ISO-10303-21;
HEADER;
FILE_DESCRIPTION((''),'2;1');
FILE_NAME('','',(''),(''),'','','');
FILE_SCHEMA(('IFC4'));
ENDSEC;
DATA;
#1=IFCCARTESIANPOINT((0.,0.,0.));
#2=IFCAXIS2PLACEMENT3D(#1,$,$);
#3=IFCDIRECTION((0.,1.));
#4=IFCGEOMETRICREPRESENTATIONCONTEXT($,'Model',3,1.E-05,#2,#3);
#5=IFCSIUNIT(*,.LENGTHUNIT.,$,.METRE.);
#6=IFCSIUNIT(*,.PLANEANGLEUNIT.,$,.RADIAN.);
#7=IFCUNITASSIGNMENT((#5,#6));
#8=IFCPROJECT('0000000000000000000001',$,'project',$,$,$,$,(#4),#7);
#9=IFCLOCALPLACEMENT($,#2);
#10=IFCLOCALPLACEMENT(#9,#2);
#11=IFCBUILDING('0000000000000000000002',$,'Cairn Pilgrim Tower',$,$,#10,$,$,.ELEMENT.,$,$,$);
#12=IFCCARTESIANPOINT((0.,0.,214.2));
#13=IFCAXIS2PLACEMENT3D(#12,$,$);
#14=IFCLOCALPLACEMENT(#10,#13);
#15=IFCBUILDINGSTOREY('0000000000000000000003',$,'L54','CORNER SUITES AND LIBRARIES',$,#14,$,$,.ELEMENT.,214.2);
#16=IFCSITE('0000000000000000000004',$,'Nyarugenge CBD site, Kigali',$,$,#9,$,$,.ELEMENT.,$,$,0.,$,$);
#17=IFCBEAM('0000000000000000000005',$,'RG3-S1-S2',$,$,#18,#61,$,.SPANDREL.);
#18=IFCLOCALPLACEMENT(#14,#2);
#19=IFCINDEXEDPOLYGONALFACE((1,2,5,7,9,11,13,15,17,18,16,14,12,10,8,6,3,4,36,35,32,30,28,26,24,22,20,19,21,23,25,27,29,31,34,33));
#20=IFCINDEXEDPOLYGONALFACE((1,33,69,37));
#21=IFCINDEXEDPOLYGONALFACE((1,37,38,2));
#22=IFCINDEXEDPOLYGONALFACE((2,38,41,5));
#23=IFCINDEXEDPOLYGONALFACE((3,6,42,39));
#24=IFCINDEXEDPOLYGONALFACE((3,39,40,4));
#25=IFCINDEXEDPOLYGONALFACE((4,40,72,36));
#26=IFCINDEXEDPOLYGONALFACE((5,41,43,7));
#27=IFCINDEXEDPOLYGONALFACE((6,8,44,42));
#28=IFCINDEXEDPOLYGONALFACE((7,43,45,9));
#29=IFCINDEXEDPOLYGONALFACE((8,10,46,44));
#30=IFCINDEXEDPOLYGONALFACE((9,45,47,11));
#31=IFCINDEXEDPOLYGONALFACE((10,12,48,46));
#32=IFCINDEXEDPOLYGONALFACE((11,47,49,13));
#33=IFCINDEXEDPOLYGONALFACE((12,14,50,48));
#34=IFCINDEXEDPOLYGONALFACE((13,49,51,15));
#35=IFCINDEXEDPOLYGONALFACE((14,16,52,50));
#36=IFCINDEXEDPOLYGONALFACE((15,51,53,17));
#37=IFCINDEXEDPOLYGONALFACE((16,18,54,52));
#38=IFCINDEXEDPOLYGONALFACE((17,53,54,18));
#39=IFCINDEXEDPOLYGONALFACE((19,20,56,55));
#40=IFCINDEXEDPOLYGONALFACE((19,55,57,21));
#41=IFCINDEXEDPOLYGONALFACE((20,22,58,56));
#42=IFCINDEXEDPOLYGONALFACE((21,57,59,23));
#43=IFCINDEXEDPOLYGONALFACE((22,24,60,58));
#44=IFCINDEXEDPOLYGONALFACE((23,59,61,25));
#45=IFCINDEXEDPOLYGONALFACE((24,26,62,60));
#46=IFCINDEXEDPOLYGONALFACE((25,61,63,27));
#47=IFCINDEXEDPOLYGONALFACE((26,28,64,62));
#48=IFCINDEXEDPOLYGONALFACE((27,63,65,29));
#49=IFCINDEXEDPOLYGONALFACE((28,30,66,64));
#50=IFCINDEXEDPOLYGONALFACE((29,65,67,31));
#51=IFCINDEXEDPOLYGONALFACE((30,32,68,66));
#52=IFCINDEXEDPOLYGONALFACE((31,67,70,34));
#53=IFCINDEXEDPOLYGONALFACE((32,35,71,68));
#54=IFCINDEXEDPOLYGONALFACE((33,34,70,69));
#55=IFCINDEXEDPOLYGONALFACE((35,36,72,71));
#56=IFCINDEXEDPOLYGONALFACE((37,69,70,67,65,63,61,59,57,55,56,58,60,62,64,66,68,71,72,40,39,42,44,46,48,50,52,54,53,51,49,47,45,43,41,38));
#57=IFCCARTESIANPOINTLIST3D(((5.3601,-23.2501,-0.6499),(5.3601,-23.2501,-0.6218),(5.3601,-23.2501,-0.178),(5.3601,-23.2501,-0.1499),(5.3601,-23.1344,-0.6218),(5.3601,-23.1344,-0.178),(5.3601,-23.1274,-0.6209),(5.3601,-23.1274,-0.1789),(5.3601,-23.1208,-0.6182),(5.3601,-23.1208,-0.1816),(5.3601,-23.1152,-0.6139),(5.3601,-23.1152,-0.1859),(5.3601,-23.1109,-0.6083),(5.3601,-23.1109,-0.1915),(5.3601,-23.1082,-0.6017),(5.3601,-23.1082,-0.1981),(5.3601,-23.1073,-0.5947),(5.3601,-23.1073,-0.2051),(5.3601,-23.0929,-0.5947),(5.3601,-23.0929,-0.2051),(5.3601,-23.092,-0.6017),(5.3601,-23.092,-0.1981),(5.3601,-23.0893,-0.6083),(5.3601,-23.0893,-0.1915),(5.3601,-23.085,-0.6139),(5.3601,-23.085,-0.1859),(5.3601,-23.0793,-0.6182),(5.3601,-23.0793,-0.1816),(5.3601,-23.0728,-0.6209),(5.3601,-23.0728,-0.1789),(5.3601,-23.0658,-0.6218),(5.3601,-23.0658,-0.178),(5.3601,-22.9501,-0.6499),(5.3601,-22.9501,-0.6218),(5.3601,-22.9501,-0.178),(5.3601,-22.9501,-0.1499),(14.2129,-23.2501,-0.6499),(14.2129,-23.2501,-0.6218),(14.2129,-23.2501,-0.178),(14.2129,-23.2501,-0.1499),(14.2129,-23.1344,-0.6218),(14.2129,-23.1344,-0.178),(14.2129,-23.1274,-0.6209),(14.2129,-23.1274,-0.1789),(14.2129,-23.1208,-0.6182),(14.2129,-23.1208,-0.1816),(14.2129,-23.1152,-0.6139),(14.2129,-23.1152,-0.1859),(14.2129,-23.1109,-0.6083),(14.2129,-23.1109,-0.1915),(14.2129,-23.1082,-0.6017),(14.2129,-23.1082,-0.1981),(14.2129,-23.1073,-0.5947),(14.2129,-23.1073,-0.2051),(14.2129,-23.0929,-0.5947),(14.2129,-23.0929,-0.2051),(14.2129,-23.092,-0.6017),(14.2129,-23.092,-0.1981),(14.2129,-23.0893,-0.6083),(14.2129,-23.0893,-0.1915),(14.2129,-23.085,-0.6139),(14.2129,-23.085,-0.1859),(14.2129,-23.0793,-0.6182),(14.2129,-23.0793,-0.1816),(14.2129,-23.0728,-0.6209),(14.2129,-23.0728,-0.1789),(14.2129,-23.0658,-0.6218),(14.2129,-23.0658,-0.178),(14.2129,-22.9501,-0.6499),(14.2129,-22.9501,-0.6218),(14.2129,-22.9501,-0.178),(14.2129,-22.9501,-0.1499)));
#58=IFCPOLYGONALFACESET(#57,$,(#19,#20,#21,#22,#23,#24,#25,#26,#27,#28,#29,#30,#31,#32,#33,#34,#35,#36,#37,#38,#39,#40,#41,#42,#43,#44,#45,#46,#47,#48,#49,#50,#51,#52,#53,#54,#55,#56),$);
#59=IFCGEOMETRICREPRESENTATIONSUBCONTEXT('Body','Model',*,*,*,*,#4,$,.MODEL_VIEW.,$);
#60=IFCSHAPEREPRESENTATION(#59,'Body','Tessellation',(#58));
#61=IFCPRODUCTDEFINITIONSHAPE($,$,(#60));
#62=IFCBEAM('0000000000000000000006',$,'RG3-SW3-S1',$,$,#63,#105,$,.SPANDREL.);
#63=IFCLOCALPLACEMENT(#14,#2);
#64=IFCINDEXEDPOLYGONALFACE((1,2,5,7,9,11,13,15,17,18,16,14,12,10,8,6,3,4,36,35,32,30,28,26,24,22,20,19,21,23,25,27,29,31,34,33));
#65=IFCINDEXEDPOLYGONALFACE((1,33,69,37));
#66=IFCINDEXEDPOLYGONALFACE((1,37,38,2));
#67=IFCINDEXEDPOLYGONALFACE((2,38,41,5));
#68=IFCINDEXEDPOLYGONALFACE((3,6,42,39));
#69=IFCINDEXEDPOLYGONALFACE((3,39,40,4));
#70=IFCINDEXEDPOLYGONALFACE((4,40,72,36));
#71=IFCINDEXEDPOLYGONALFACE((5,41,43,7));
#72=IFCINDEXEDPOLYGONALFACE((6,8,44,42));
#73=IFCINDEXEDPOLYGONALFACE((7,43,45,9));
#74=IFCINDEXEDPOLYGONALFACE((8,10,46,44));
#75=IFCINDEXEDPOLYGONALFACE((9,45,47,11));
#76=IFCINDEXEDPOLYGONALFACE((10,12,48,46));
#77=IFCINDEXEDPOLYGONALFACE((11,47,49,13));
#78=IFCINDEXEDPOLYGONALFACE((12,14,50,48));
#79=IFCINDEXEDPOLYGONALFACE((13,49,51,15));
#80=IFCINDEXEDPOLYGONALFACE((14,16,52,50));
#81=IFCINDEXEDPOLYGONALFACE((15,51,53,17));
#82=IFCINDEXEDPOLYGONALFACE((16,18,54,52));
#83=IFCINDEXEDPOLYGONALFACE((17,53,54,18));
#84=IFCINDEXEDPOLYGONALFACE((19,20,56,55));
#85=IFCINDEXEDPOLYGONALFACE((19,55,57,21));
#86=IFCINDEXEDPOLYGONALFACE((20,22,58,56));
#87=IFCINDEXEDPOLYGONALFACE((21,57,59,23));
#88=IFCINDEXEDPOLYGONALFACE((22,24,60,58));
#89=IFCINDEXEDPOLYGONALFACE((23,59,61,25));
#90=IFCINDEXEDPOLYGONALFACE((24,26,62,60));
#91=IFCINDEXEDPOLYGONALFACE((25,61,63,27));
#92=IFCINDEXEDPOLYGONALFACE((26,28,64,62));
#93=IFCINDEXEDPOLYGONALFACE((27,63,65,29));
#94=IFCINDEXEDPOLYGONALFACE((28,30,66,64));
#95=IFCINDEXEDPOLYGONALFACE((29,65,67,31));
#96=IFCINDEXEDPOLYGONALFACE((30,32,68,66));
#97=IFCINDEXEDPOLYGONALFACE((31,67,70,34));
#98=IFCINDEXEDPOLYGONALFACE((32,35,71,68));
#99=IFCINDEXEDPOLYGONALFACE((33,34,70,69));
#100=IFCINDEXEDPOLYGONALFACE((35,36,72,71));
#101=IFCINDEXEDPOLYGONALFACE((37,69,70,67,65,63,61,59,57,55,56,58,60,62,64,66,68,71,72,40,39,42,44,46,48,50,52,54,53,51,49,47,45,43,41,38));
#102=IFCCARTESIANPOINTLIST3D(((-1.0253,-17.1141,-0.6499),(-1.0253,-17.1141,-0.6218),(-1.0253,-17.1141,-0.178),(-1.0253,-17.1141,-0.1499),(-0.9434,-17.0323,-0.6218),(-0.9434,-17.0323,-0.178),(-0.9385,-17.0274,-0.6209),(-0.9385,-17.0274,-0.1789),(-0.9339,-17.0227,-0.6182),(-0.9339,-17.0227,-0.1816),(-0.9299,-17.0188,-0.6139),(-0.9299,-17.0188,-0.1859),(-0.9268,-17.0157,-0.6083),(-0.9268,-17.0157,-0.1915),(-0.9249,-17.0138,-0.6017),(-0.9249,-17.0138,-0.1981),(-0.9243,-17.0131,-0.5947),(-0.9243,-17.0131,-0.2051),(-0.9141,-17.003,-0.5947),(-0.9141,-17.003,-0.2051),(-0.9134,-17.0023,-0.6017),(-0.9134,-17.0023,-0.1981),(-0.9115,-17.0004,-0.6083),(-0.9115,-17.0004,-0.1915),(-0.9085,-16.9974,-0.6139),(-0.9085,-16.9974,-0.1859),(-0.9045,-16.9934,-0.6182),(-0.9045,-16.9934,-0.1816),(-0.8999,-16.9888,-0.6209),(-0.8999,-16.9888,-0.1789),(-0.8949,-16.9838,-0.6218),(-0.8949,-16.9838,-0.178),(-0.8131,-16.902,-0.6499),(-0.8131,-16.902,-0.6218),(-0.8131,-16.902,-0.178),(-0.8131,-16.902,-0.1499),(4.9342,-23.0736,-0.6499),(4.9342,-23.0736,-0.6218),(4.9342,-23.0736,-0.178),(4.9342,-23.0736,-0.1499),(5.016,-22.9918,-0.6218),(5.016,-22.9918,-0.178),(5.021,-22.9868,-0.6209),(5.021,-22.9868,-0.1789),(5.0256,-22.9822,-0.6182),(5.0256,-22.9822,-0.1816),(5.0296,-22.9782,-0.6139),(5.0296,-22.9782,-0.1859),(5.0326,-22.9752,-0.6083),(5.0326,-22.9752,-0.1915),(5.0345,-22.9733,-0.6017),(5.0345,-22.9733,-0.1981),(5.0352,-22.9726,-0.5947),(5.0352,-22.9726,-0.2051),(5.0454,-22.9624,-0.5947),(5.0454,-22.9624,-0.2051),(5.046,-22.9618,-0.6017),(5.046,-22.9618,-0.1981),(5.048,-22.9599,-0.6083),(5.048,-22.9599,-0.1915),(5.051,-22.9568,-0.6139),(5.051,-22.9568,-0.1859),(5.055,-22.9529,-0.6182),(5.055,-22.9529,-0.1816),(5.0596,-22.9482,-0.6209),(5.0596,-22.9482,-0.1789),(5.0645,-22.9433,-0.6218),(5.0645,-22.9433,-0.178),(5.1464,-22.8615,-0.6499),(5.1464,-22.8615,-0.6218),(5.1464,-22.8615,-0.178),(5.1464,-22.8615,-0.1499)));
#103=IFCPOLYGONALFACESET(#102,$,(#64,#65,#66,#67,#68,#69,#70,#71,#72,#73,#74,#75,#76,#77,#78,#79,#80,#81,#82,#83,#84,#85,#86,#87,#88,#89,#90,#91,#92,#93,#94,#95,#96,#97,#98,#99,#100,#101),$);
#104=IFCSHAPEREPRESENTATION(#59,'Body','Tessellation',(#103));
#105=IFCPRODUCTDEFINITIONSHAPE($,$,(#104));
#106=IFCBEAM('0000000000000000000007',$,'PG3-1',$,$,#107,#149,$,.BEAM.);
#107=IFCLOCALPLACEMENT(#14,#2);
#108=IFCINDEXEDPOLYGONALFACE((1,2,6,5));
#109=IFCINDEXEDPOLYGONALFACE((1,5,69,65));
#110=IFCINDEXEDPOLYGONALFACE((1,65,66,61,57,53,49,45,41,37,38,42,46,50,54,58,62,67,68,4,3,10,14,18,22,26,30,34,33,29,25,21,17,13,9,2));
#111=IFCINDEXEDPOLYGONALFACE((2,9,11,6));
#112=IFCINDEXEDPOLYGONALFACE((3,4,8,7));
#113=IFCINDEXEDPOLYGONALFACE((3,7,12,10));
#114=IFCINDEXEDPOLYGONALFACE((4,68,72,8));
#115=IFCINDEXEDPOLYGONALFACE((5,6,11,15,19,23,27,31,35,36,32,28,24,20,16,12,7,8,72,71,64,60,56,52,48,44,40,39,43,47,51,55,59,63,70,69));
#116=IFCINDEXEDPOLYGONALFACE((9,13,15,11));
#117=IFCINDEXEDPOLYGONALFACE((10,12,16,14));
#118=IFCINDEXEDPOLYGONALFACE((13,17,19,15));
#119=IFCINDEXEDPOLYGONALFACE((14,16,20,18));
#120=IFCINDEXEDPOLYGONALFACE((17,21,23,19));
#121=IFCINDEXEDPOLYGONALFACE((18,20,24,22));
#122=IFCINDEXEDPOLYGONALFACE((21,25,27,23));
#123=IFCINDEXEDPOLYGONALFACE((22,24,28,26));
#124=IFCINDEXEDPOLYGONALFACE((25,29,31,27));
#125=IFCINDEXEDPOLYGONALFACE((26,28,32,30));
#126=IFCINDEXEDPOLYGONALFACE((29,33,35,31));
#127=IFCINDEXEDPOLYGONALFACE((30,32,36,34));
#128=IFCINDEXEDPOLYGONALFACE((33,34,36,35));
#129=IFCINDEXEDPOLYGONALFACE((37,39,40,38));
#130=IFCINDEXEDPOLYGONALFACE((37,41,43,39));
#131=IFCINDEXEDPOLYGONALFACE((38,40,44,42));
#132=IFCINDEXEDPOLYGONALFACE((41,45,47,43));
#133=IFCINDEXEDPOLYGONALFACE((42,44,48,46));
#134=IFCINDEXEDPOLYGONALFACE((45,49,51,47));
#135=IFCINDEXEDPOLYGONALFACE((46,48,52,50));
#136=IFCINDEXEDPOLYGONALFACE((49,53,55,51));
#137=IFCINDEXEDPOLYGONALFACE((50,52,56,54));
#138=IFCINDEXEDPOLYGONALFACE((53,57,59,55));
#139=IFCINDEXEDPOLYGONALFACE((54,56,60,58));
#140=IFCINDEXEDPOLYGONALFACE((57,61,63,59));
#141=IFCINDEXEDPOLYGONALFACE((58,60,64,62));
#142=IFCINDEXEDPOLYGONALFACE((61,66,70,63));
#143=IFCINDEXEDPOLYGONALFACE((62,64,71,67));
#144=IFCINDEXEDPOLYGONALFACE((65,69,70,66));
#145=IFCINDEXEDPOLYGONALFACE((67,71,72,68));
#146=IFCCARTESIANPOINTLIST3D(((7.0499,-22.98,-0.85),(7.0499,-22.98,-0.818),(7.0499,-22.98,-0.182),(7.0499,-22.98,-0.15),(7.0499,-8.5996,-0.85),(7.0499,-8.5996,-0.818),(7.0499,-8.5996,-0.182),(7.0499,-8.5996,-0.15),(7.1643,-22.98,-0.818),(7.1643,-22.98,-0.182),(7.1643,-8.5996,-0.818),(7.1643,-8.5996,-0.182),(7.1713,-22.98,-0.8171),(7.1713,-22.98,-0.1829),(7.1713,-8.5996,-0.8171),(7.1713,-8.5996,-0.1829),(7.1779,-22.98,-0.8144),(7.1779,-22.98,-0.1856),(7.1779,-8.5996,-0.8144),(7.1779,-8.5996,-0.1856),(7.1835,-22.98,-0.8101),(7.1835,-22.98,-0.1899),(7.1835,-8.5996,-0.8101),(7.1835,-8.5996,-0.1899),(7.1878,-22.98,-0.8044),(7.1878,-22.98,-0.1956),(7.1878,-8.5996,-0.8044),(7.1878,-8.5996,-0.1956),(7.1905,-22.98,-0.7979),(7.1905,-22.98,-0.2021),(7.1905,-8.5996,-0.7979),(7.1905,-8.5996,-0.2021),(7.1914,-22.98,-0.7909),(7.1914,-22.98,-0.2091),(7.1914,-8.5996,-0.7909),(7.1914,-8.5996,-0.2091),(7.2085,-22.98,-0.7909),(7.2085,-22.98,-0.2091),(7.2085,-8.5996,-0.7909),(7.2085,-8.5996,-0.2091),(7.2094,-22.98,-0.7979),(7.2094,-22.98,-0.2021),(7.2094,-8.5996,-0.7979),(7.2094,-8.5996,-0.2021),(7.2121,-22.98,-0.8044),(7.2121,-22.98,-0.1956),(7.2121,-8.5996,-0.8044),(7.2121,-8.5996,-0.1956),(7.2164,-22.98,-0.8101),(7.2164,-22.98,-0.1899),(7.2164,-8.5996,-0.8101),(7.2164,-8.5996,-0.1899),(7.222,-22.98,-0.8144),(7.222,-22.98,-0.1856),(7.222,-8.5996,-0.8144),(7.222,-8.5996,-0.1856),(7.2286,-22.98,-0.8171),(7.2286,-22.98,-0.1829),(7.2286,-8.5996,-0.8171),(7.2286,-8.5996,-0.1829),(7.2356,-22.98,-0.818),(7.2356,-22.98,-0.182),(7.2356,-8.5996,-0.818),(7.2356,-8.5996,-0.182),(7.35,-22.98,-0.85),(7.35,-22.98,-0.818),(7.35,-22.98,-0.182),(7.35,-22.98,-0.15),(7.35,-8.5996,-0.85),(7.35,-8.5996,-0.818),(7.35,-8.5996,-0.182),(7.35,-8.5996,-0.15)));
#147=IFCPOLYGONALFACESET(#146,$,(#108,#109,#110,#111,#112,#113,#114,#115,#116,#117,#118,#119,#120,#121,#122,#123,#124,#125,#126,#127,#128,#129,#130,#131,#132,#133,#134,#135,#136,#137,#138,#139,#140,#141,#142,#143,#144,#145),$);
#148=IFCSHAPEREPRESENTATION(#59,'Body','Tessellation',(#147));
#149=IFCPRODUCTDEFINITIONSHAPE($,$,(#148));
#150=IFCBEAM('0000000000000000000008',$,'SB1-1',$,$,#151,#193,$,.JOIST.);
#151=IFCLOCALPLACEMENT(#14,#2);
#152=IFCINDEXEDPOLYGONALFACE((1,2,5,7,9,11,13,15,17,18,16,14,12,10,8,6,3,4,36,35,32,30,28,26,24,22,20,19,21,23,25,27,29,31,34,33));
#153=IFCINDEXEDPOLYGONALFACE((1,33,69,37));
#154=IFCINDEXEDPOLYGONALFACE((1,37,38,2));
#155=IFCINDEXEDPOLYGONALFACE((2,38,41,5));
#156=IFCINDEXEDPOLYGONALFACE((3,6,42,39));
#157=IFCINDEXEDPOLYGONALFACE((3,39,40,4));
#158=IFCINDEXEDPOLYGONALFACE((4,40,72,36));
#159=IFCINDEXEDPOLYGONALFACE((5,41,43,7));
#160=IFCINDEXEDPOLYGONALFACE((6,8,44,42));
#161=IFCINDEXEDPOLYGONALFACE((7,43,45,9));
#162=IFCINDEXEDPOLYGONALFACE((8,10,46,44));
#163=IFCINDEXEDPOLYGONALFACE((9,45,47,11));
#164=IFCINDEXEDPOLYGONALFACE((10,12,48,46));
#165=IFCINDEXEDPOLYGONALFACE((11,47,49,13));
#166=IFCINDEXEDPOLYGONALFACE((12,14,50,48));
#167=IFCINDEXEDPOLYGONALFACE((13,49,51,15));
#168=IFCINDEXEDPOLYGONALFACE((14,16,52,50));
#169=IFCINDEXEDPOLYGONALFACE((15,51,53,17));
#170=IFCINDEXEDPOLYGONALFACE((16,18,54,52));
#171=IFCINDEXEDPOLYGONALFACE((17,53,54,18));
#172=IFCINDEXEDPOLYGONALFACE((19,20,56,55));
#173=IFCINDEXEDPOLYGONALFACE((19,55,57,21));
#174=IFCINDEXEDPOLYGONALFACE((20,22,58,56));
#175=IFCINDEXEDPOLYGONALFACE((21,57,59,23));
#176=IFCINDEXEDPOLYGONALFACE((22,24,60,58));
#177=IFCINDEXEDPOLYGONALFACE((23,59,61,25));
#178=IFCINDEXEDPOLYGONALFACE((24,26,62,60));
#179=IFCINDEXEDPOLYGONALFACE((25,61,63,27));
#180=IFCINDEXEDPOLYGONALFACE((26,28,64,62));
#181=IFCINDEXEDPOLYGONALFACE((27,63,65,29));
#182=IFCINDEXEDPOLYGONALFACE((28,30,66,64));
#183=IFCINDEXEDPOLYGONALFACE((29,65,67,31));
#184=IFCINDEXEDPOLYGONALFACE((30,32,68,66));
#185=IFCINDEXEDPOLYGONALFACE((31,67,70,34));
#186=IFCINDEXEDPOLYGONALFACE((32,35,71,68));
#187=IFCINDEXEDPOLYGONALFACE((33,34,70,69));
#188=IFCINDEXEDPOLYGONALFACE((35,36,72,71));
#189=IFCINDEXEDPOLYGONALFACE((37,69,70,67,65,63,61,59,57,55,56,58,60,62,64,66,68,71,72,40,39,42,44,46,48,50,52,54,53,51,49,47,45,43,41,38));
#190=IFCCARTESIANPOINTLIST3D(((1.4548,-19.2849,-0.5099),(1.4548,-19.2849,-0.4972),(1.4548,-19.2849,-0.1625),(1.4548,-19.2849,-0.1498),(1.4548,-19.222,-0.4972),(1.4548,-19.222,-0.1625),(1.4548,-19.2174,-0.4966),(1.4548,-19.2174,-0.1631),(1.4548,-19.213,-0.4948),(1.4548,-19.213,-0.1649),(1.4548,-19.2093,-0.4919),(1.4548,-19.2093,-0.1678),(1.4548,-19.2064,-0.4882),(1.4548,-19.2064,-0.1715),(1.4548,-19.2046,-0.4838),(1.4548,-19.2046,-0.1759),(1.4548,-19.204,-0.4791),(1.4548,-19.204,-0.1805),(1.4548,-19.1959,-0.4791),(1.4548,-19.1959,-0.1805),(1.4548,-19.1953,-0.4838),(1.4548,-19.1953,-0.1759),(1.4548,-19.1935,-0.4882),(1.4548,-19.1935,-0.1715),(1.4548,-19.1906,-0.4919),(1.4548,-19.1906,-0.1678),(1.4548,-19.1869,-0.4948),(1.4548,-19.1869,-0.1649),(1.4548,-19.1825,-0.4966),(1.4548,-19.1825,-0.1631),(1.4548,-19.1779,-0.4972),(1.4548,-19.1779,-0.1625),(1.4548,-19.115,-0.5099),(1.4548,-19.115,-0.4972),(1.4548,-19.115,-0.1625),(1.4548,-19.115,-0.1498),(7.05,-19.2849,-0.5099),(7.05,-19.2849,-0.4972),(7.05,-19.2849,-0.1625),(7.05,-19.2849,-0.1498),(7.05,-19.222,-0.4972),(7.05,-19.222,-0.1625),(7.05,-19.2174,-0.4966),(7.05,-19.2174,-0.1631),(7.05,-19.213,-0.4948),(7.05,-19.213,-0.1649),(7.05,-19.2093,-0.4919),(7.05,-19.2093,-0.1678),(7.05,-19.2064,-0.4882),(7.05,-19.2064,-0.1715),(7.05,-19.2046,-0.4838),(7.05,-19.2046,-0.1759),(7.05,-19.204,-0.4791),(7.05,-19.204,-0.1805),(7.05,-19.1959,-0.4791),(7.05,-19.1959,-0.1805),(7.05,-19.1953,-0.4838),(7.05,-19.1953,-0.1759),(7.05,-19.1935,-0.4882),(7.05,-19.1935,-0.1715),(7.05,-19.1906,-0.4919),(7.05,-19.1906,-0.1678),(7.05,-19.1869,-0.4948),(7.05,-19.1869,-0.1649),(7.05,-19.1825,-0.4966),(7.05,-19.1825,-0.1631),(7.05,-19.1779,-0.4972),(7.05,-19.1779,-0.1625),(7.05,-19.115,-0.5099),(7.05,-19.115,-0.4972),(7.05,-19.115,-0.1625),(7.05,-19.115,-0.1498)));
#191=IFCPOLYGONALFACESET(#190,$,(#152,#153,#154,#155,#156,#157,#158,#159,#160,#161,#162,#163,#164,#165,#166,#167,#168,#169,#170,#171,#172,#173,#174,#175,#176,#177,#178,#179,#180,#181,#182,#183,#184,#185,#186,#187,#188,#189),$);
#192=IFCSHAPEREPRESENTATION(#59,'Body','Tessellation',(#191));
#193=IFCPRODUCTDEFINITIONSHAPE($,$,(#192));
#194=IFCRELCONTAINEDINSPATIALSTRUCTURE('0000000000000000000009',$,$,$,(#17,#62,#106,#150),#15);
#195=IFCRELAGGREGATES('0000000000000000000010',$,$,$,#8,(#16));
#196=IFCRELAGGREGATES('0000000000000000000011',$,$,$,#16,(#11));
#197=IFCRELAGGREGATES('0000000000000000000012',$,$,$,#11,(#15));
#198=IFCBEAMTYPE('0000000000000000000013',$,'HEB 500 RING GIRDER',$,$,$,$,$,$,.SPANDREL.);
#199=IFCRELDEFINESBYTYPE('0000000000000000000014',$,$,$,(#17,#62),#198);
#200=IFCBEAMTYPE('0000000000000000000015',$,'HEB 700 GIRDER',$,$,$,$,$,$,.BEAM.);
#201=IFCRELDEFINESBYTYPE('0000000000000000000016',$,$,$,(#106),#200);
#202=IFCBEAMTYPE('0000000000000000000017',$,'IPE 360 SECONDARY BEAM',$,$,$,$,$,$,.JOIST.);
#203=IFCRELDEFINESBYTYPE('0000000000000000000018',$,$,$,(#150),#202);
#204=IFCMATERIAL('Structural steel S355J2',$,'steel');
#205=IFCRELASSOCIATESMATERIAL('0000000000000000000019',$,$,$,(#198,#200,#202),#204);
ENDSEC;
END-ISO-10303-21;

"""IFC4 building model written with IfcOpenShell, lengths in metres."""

from ifc_helpers import new_model, si_unit, direction, frame, origin, origin_2d, place, context, subcontext, project, spatial, i_section, extrude, material, material_profile, profile_set, type_object, element, save


model = new_model("IFC4")

# Units and contexts
model_context = context("Model", 3, precision=1e-05, world=origin(), true_north=direction((0.0, 1.0)))
body_context = subcontext(model_context, "Body", "Model", "MODEL_VIEW")
ifc_project = project(units=[si_unit("LENGTHUNIT", "METRE"), si_unit("PLANEANGLEUNIT", "RADIAN")], contexts=[model_context])

# Site, building, storey
site_placement = place(None, origin())
site = spatial("IfcSite", under=ifc_project, at=site_placement, Name="Nyarugenge CBD site, Kigali", CompositionType="ELEMENT", RefElevation=0.0)
building_placement = place(site_placement, origin())
building = spatial("IfcBuilding", under=site, at=building_placement, Name="Cairn Pilgrim Tower", CompositionType="ELEMENT")
storey_placement = place(building_placement, frame((0.0, 0.0, 214.2)))
storey = spatial("IfcBuildingStorey", under=building, at=storey_placement, Name="L54", Description="CORNER SUITES AND LIBRARIES", CompositionType="ELEMENT", Elevation=214.2)

# Beams
ifc_material_1 = material(Name="Structural steel S355J2", Category="steel")
ifc_material_profile_1 = material_profile(ifc_material_1, i_section(OverallWidth=0.3, OverallDepth=0.5, WebThickness=0.0144, FlangeThickness=0.0281, FilletRadius=0.0271, at=origin_2d()), Name="HEB 500")
ifc_profile_set_1 = profile_set([ifc_material_profile_1], Name="Structural steel S355J2")
beam_type_1 = type_object("IfcBeamType", Name="HEB 500 RING GIRDER", PredefinedType="SPANDREL", material=ifc_profile_set_1)
beam_1_placement = place(storey_placement, frame((5.3601, -23.1001, -0.3999), z_axis=(1.0, 0.0, 0.0), x_axis=(0.0, 1.0, 0.0)))
element("IfcBeam", 1, at=beam_1_placement, inside=storey, type_object=beam_type_1, Name="RG3-S1-S2", PredefinedType="SPANDREL", context=body_context, shape_type="SweptSolid", body=[
    extrude(i_section(OverallWidth=0.3, OverallDepth=0.5, WebThickness=0.0144, FlangeThickness=0.0281, FilletRadius=0.0271, at=origin_2d()), origin(), (0.0, 0.0, 1.0), 8.8528),
])
beam_2_placement = place(storey_placement, frame((-0.9192, -17.0081, -0.3999), z_axis=(0.707107, -0.707107, 0.0), x_axis=(0.707107, 0.707107, 0.0)))
element("IfcBeam", 2, at=beam_2_placement, inside=storey, type_object=beam_type_1, Name="RG3-SW3-S1", PredefinedType="SPANDREL", context=body_context, shape_type="SweptSolid", body=[
    extrude(i_section(OverallWidth=0.3, OverallDepth=0.5, WebThickness=0.0144, FlangeThickness=0.0281, FilletRadius=0.0271, at=origin_2d()), origin(), (0.0, 0.0, 1.0), 8.428),
])
ifc_material_profile_2 = material_profile(ifc_material_1, i_section(OverallWidth=0.3, OverallDepth=0.7, WebThickness=0.0171, FlangeThickness=0.032, FilletRadius=0.0271, at=origin_2d()), Name="HEB 700")
ifc_profile_set_2 = profile_set([ifc_material_profile_2], Name="Structural steel S355J2")
beam_type_2 = type_object("IfcBeamType", Name="HEB 700 GIRDER", PredefinedType="BEAM", material=ifc_profile_set_2)
beam_3_placement = place(storey_placement, frame((7.2, -22.98, -0.5), z_axis=(0.0, 1.0, 0.0), x_axis=(-1.0, 0.0, 0.0)))
element("IfcBeam", 3, at=beam_3_placement, inside=storey, type_object=beam_type_2, Name="PG3-1", PredefinedType="BEAM", context=body_context, shape_type="SweptSolid", body=[
    extrude(i_section(OverallWidth=0.3, OverallDepth=0.7, WebThickness=0.0171, FlangeThickness=0.032, FilletRadius=0.0271, at=origin_2d()), origin(), (0.0, 0.0, 1.0), 14.3804),
])
ifc_material_profile_3 = material_profile(ifc_material_1, i_section(OverallWidth=0.1699, OverallDepth=0.3601, WebThickness=0.0081, FlangeThickness=0.0127, FilletRadius=0.0181, at=origin_2d()), Name="IPE 360")
ifc_profile_set_3 = profile_set([ifc_material_profile_3], Name="Structural steel S355J2")
beam_type_3 = type_object("IfcBeamType", Name="IPE 360 SECONDARY BEAM", PredefinedType="JOIST", material=ifc_profile_set_3)
beam_4_placement = place(storey_placement, frame((1.4548, -19.2, -0.3298), z_axis=(1.0, 0.0, 0.0), x_axis=(0.0, 1.0, 0.0)))
element("IfcBeam", 4, at=beam_4_placement, inside=storey, type_object=beam_type_3, Name="SB1-1", PredefinedType="JOIST", context=body_context, shape_type="SweptSolid", body=[
    extrude(i_section(OverallWidth=0.1699, OverallDepth=0.3601, WebThickness=0.0081, FlangeThickness=0.0127, FilletRadius=0.0181, at=origin_2d()), origin(), (0.0, 0.0, 1.0), 5.5952),
])

save(model, "model.ifc")
